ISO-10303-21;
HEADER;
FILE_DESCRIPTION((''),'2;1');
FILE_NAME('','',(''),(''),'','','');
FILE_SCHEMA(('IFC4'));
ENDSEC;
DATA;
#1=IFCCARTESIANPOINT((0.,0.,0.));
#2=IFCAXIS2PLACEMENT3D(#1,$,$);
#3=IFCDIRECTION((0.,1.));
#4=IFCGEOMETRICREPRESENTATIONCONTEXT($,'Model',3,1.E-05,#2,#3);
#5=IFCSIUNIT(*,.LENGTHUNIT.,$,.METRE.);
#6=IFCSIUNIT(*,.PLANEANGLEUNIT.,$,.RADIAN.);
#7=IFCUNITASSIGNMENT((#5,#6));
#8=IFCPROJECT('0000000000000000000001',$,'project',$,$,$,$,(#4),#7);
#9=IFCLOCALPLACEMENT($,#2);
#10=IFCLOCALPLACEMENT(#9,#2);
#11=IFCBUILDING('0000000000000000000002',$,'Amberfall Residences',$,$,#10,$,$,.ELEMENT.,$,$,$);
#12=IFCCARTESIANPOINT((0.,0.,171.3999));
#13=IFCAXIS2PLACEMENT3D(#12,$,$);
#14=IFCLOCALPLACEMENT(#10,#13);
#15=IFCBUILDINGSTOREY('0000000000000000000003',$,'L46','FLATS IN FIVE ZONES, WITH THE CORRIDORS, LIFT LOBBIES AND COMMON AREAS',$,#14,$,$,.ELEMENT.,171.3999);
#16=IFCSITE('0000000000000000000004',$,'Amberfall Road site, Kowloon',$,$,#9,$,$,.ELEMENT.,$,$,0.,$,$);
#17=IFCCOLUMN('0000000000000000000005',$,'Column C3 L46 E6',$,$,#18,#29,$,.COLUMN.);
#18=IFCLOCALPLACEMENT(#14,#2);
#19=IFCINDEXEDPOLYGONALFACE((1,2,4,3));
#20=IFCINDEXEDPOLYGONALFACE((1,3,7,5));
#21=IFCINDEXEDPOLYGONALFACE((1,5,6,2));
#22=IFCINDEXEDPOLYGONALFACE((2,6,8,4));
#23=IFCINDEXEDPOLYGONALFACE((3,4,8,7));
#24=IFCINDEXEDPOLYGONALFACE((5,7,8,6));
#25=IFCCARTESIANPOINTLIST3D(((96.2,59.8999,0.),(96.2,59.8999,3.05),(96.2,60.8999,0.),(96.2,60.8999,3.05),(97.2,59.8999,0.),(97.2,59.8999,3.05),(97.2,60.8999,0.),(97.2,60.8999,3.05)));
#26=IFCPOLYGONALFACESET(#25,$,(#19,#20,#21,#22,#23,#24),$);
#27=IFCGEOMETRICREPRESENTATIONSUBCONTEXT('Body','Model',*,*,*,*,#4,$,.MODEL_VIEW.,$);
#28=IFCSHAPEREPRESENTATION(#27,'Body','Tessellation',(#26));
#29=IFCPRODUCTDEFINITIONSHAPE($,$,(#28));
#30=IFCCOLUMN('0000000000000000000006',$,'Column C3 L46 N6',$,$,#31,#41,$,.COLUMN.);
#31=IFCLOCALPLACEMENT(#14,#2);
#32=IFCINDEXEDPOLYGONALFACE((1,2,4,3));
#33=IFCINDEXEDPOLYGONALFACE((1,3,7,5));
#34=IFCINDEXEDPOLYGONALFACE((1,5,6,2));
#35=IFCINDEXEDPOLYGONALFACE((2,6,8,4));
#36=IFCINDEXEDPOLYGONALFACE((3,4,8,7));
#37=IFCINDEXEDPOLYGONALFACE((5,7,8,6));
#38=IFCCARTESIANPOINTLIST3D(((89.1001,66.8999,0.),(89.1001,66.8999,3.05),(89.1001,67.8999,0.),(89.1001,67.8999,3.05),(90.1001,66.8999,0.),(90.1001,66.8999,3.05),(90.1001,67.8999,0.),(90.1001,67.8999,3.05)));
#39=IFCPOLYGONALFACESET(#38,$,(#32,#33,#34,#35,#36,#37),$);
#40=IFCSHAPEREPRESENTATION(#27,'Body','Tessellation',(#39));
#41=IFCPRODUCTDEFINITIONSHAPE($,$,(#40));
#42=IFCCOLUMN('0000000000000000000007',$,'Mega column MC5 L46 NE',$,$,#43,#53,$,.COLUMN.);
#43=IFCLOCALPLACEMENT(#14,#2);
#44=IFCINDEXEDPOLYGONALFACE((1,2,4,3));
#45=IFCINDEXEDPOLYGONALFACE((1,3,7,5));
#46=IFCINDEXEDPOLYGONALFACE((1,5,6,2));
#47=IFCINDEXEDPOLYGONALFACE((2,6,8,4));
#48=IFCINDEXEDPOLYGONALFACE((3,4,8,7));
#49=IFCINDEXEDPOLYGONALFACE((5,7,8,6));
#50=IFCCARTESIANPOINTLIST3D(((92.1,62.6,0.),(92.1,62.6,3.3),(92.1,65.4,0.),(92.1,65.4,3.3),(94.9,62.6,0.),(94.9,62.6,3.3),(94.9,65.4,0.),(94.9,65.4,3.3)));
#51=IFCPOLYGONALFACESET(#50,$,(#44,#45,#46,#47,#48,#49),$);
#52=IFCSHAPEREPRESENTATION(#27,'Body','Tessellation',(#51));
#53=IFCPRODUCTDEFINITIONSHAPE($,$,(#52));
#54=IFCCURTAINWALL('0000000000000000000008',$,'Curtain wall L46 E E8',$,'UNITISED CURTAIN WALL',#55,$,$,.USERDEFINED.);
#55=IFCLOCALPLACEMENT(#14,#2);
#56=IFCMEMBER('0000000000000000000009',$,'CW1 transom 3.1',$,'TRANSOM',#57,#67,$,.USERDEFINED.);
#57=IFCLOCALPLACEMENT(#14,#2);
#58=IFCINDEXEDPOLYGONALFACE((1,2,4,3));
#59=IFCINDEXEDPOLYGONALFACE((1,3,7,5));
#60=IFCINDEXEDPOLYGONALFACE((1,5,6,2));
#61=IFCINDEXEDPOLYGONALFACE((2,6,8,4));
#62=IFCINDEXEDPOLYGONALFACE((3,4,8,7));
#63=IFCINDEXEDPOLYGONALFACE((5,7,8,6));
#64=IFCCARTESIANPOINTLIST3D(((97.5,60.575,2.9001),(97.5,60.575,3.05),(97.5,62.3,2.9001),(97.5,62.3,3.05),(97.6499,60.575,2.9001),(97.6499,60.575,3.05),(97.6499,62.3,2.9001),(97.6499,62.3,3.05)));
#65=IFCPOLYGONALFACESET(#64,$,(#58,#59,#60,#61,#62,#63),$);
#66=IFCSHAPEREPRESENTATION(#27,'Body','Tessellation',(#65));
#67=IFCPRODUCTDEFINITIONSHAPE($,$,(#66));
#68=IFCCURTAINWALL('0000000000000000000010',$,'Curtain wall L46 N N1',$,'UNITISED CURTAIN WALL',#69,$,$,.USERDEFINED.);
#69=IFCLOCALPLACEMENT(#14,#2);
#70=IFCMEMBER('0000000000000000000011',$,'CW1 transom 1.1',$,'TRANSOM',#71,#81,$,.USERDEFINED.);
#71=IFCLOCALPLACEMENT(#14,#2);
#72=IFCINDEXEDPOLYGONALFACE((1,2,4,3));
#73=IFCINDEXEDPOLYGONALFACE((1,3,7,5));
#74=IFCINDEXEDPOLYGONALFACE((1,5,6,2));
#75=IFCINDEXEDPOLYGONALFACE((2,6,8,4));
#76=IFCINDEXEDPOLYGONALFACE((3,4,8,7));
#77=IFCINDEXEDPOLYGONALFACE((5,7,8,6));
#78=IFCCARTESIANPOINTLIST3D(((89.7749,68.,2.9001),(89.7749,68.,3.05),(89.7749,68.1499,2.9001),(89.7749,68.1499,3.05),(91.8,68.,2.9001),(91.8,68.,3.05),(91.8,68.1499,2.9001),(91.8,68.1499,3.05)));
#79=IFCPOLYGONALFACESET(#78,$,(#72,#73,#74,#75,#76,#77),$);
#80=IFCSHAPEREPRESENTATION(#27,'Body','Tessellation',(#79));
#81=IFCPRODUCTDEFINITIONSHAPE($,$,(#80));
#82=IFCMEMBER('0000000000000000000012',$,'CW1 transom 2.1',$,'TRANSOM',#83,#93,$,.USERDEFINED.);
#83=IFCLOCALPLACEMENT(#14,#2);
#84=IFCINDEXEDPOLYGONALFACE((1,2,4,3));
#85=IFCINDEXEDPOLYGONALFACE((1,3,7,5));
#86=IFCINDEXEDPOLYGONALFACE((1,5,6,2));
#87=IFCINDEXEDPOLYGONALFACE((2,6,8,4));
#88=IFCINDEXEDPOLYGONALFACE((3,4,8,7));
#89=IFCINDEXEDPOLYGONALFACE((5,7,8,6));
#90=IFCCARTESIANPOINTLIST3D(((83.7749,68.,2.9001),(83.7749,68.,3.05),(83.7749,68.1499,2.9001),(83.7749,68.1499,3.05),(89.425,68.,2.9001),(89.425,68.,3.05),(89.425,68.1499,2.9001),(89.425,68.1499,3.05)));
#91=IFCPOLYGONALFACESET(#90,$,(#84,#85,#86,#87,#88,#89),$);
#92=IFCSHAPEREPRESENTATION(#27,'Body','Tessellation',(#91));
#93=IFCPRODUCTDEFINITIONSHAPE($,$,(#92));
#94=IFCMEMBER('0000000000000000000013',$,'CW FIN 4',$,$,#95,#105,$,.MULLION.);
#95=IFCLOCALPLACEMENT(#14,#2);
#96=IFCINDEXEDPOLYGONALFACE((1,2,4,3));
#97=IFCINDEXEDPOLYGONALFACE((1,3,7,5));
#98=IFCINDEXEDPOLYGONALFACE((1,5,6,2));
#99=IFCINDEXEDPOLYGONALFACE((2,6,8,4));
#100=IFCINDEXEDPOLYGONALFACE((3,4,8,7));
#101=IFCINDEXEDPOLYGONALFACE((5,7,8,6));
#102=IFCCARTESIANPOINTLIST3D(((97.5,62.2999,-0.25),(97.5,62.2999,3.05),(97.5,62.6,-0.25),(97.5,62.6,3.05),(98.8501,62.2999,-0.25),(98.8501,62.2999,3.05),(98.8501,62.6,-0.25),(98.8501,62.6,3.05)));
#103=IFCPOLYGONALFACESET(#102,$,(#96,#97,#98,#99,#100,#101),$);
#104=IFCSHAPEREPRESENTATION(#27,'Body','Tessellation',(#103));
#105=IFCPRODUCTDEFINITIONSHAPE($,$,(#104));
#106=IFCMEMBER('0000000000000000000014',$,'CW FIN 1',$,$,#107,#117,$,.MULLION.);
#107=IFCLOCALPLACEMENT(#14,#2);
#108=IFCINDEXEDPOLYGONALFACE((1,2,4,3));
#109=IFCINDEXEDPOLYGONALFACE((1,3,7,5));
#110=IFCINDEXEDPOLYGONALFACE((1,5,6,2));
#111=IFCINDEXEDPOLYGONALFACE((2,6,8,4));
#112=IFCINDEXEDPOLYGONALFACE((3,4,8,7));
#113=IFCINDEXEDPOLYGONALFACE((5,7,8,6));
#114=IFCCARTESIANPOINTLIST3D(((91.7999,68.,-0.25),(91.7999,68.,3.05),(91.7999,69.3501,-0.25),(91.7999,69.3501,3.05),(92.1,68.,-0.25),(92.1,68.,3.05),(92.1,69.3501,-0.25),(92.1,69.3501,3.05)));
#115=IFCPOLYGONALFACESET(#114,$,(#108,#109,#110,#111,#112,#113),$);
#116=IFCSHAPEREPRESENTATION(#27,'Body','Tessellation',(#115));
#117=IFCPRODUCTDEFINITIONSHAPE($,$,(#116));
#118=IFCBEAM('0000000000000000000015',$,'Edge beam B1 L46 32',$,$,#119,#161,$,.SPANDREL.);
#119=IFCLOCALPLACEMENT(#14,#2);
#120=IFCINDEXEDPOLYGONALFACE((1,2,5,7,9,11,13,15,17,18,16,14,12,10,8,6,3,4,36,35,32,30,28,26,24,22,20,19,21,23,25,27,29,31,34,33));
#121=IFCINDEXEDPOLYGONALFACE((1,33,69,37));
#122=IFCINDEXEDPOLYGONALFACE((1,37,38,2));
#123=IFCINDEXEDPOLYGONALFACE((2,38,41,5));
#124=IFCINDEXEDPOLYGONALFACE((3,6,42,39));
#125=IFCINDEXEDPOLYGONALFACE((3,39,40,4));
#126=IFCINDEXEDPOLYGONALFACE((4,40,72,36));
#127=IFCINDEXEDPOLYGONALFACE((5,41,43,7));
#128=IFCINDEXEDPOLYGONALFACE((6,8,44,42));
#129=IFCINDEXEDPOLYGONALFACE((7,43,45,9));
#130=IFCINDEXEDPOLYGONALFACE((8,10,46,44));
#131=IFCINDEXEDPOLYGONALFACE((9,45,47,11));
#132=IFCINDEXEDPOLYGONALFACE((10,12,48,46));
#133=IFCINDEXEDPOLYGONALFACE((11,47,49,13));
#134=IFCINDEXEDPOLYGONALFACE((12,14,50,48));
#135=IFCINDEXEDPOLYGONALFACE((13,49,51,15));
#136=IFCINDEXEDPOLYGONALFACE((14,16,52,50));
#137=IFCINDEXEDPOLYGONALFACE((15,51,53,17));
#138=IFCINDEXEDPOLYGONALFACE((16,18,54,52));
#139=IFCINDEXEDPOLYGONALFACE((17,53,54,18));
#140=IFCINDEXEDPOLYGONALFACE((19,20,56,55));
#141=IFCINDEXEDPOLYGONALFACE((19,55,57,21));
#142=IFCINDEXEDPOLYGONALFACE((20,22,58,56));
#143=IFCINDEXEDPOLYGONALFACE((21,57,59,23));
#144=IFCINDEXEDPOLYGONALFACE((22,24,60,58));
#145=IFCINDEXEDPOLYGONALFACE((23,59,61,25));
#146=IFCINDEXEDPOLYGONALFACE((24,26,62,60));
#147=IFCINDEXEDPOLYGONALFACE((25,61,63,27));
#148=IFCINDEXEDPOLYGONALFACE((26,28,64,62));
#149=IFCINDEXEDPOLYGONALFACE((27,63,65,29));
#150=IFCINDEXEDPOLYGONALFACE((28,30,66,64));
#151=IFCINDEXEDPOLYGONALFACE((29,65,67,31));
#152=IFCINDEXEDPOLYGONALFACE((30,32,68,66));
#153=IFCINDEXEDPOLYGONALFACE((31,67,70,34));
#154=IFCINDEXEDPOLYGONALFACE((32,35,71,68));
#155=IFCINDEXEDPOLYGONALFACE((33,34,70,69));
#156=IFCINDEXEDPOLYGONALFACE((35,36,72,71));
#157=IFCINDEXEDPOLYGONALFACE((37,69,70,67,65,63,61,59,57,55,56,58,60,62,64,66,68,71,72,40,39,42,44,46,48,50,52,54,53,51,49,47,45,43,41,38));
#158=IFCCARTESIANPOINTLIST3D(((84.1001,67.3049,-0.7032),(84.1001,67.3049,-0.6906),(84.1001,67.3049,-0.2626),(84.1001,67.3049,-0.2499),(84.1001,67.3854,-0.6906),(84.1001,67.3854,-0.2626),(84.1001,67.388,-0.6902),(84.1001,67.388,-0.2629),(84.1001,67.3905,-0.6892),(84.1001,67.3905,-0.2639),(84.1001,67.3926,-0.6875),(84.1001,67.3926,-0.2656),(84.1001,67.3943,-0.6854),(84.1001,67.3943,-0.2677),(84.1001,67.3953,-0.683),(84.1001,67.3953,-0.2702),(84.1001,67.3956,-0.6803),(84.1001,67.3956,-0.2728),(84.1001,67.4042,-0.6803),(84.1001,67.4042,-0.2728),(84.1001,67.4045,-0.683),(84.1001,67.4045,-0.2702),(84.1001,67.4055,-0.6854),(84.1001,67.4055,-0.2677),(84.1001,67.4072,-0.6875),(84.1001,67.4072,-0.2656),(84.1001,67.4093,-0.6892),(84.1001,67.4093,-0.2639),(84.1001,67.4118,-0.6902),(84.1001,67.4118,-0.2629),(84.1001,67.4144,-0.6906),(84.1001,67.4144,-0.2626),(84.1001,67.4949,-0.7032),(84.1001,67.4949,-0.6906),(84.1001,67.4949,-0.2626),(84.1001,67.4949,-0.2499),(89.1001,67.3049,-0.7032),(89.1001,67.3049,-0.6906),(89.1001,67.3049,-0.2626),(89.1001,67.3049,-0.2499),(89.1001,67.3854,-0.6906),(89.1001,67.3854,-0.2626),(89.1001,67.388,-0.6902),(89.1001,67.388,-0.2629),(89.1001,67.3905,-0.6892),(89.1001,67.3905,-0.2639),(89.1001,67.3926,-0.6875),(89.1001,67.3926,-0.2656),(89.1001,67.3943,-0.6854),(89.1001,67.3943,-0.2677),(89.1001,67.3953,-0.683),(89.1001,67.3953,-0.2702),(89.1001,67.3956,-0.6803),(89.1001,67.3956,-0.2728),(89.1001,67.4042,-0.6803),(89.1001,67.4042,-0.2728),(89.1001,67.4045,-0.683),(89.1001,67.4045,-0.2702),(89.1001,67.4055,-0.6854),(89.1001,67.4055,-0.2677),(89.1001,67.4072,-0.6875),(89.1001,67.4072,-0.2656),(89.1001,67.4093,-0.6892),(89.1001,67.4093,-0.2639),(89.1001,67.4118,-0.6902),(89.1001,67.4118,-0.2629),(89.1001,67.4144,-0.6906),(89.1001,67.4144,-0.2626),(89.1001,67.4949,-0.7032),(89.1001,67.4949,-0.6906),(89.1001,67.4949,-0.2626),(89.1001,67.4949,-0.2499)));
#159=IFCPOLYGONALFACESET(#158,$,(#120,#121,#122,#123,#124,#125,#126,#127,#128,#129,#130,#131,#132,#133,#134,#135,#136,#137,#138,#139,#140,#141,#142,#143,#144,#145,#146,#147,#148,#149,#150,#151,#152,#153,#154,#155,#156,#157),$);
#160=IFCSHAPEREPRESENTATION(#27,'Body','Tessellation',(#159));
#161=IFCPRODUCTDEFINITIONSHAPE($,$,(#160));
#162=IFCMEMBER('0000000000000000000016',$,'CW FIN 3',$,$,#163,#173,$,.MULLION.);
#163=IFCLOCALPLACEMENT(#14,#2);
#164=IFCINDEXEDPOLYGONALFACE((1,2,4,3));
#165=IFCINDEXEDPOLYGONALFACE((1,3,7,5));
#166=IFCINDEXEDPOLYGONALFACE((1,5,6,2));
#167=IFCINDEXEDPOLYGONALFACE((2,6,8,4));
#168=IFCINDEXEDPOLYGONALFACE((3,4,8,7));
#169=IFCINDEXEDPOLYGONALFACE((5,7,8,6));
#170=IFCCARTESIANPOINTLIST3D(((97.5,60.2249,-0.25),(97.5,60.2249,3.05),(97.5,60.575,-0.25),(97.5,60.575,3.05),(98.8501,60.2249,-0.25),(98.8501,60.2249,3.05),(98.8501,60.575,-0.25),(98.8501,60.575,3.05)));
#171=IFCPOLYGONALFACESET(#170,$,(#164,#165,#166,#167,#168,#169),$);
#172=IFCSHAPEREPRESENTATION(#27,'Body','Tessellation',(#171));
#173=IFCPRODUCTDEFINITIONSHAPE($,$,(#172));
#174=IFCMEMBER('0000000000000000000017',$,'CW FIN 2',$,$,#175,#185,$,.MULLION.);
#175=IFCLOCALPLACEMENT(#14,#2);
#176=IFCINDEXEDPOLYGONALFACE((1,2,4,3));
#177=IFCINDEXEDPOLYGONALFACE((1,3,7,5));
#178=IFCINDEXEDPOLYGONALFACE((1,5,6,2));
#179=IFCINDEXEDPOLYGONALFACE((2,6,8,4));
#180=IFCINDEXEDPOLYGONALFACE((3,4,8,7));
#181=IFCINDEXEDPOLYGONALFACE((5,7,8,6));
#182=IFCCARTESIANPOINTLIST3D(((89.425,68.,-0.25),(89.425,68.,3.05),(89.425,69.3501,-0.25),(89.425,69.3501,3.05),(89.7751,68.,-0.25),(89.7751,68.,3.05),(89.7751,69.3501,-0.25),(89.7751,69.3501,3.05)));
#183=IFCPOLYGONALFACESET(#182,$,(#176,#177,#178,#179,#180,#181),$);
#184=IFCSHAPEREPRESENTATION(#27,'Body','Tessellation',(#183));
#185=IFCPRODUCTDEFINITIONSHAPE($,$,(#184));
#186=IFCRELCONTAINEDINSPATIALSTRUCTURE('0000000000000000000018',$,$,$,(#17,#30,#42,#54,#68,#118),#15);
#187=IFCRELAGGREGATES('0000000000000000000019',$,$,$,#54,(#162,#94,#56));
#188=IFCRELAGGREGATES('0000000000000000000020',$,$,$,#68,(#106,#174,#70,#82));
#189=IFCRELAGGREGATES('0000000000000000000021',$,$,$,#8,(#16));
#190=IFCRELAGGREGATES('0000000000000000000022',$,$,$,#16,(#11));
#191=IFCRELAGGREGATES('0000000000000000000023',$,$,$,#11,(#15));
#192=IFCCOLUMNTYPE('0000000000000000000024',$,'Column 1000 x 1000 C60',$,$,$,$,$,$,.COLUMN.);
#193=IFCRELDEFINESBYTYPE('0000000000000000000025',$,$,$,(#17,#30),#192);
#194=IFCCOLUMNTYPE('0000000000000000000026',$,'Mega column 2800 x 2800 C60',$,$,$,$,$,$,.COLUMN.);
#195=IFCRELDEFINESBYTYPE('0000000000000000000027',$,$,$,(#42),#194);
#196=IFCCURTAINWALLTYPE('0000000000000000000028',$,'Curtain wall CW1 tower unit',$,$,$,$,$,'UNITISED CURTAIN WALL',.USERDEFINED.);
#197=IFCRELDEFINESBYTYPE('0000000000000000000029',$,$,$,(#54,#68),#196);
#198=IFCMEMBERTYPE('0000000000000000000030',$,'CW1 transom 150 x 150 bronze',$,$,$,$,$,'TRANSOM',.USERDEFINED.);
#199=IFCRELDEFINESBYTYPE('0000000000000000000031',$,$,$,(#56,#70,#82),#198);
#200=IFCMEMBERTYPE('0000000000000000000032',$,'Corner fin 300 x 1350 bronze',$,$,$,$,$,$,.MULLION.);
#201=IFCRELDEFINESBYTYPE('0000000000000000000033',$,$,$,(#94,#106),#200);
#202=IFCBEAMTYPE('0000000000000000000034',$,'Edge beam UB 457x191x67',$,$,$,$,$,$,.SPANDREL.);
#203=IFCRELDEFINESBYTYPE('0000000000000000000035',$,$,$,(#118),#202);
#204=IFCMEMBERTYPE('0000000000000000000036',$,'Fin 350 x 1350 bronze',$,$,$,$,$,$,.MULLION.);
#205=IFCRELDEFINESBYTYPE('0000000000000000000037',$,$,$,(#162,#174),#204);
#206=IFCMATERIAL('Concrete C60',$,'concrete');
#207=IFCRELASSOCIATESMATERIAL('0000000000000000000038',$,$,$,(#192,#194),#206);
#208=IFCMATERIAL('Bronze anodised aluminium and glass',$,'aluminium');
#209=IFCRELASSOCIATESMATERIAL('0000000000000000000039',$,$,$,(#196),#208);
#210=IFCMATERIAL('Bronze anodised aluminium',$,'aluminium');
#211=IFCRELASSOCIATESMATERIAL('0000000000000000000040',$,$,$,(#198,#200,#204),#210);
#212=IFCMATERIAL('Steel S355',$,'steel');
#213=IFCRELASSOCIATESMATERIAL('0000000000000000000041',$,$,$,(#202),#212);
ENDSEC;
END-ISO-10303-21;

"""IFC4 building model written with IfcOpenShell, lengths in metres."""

from ifc_helpers import new_model, si_unit, direction, frame, origin, origin_2d, place, context, subcontext, project, spatial, rectangle, i_section, extrude, material, material_profile, profile_set, type_object, element, aggregate, save


model = new_model("IFC4")

# Units and contexts
model_context = context("Model", 3, precision=1e-05, world=origin(), true_north=direction((0.0, 1.0)))
body_context = subcontext(model_context, "Body", "Model", "MODEL_VIEW")
ifc_project = project(units=[si_unit("LENGTHUNIT", "METRE"), si_unit("PLANEANGLEUNIT", "RADIAN")], contexts=[model_context])

# Site, building, storey
site_placement = place(None, origin())
site = spatial("IfcSite", under=ifc_project, at=site_placement, Name="Amberfall Road site, Kowloon", CompositionType="ELEMENT", RefElevation=0.0)
building_placement = place(site_placement, origin())
building = spatial("IfcBuilding", under=site, at=building_placement, Name="Amberfall Residences", CompositionType="ELEMENT")
storey_placement = place(building_placement, frame((0.0, 0.0, 171.3999)))
storey = spatial("IfcBuildingStorey", under=building, at=storey_placement, Name="L46", Description="FLATS IN FIVE ZONES, WITH THE CORRIDORS, LIFT LOBBIES AND COMMON AREAS", CompositionType="ELEMENT", Elevation=171.3999)

# Columns
ifc_material_1 = material(Name="Concrete C60", Category="concrete")
ifc_material_profile_1 = material_profile(ifc_material_1, rectangle(XDim=1.0, YDim=1.0, at=origin_2d()), Name="Column 1000 x 1000 C60")
ifc_profile_set_1 = profile_set([ifc_material_profile_1], Name="Concrete C60")
column_type_1 = type_object("IfcColumnType", Name="Column 1000 x 1000 C60", PredefinedType="COLUMN", material=ifc_profile_set_1)
for number, where, z_axis, x_axis, name in (
    (1, (96.7, 60.3999, 0.0), (0.0, 0.0, 1.0), (1.0, 0.0, 0.0), "Column C3 L46 E6"),
    (2, (89.6001, 67.3999, 0.0), (0.0, 0.0, 1.0), (1.0, 0.0, 0.0), "Column C3 L46 N6"),
):
    element("IfcColumn", number, at=place(storey_placement, frame(where, z_axis=z_axis, x_axis=x_axis)), inside=storey, type_object=column_type_1, Name=name, PredefinedType="COLUMN", context=body_context, shape_type="SweptSolid", body=[
        extrude(rectangle(XDim=1.0, YDim=1.0, at=origin_2d()), origin(), (0.0, 0.0, 1.0), 3.05),
    ])
ifc_material_profile_2 = material_profile(ifc_material_1, rectangle(XDim=2.8, YDim=2.8, at=origin_2d()), Name="Mega column 2800 x 2800 C60")
ifc_profile_set_2 = profile_set([ifc_material_profile_2], Name="Concrete C60")
column_type_2 = type_object("IfcColumnType", Name="Mega column 2800 x 2800 C60", PredefinedType="COLUMN", material=ifc_profile_set_2)
column_placement = place(storey_placement, frame((93.5, 64.0, 0.0), z_axis=(0.0, 0.0, 1.0), x_axis=(1.0, 0.0, 0.0)))
element("IfcColumn", 3, at=column_placement, inside=storey, type_object=column_type_2, Name="Mega column MC5 L46 NE", PredefinedType="COLUMN", context=body_context, shape_type="SweptSolid", body=[
    extrude(rectangle(XDim=2.8, YDim=2.8, at=origin_2d()), origin(), (0.0, 0.0, 1.0), 3.3),
])

# Curtain wall, member
ifc_material_2 = material(Name="Bronze anodised aluminium and glass", Category="aluminium")
curtain_wall_type = type_object("IfcCurtainWallType", Name="Curtain wall CW1 tower unit", ElementType="UNITISED CURTAIN WALL", PredefinedType="USERDEFINED", material=ifc_material_2)
curtain_wall_1_placement = place(storey_placement, origin())
curtain_wall_1 = element("IfcCurtainWall", 4, at=curtain_wall_1_placement, inside=storey, type_object=curtain_wall_type, Name="Curtain wall L46 E E8", ObjectType="UNITISED CURTAIN WALL", PredefinedType="USERDEFINED")
ifc_material_3 = material(Name="Bronze anodised aluminium", Category="aluminium")
ifc_material_profile_3 = material_profile(ifc_material_3, rectangle(XDim=0.1499, YDim=0.1499, at=origin_2d()), Name="CW1 transom 150 x 150 bronze")
ifc_profile_set_3 = profile_set([ifc_material_profile_3], Name="Bronze anodised aluminium")
member_type_1 = type_object("IfcMemberType", Name="CW1 transom 150 x 150 bronze", ElementType="TRANSOM", PredefinedType="USERDEFINED", material=ifc_profile_set_3)
member_1_placement = place(storey_placement, frame((97.575, 60.575, 2.9751), z_axis=(0.0, 1.0, 0.0), x_axis=(-1.0, 0.0, 0.0)))
member_1 = element("IfcMember", 5, at=member_1_placement, type_object=member_type_1, Name="CW1 transom 3.1", ObjectType="TRANSOM", PredefinedType="USERDEFINED", context=body_context, shape_type="SweptSolid", body=[
    extrude(rectangle(XDim=0.1499, YDim=0.1499, at=origin_2d()), origin(), (0.0, 0.0, 1.0), 1.7251),
])

# Curtain wall, members
curtain_wall_2_placement = place(storey_placement, origin())
curtain_wall_2 = element("IfcCurtainWall", 6, at=curtain_wall_2_placement, inside=storey, type_object=curtain_wall_type, Name="Curtain wall L46 N N1", ObjectType="UNITISED CURTAIN WALL", PredefinedType="USERDEFINED")
member_2_placement = place(storey_placement, frame((91.8, 68.075, 2.9751), z_axis=(-1.0, 0.0, 0.0), x_axis=(0.0, -1.0, 0.0)))
member_2 = element("IfcMember", 7, at=member_2_placement, type_object=member_type_1, Name="CW1 transom 1.1", ObjectType="TRANSOM", PredefinedType="USERDEFINED", context=body_context, shape_type="SweptSolid", body=[
    extrude(rectangle(XDim=0.1499, YDim=0.1499, at=origin_2d()), origin(), (0.0, 0.0, 1.0), 2.0251),
])
member_3_placement = place(storey_placement, frame((89.425, 68.075, 2.9751), z_axis=(-1.0, 0.0, 0.0), x_axis=(0.0, -1.0, 0.0)))
member_3 = element("IfcMember", 8, at=member_3_placement, type_object=member_type_1, Name="CW1 transom 2.1", ObjectType="TRANSOM", PredefinedType="USERDEFINED", context=body_context, shape_type="SweptSolid", body=[
    extrude(rectangle(XDim=0.1499, YDim=0.1499, at=origin_2d()), origin(), (0.0, 0.0, 1.0), 5.6501),
])

# Members
ifc_material_profile_4 = material_profile(ifc_material_3, rectangle(XDim=1.3501, YDim=0.3, at=origin_2d()), Name="Corner fin 300 x 1350 bronze")
ifc_profile_set_4 = profile_set([ifc_material_profile_4], Name="Bronze anodised aluminium")
member_type_2 = type_object("IfcMemberType", Name="Corner fin 300 x 1350 bronze", PredefinedType="MULLION", material=ifc_profile_set_4)
member_4_placement = place(storey_placement, frame((98.175, 62.45, -0.25), z_axis=(0.0, 0.0, 1.0), x_axis=(-1.0, 0.0, 0.0)))
member_4 = element("IfcMember", 9, at=member_4_placement, type_object=member_type_2, Name="CW FIN 4", PredefinedType="MULLION", context=body_context, shape_type="SweptSolid", body=[
    extrude(rectangle(XDim=1.3501, YDim=0.3, at=origin_2d()), origin(), (0.0, 0.0, 1.0), 3.3),
])
member_5_placement = place(storey_placement, frame((91.95, 68.675, -0.25), z_axis=(0.0, 0.0, 1.0), x_axis=(0.0, -1.0, 0.0)))
member_5 = element("IfcMember", 10, at=member_5_placement, type_object=member_type_2, Name="CW FIN 1", PredefinedType="MULLION", context=body_context, shape_type="SweptSolid", body=[
    extrude(rectangle(XDim=1.3501, YDim=0.3, at=origin_2d()), origin(), (0.0, 0.0, 1.0), 3.3),
])

# Beam
ifc_material_4 = material(Name="Steel S355", Category="steel")
ifc_material_profile_5 = material_profile(ifc_material_4, i_section(OverallWidth=0.1899, OverallDepth=0.4534, WebThickness=0.0085, FlangeThickness=0.0127, FilletRadius=0.0103, at=origin_2d()), Name="UB 457x191x67")
ifc_profile_set_5 = profile_set([ifc_material_profile_5], Name="Steel S355")
beam_type_1 = type_object("IfcBeamType", Name="Edge beam UB 457x191x67", PredefinedType="SPANDREL", material=ifc_profile_set_5)
beam_1_placement = place(storey_placement, frame((84.1001, 67.3999, -0.4766), z_axis=(1.0, 0.0, 0.0), x_axis=(0.0, 1.0, 0.0)))
element("IfcBeam", 11, at=beam_1_placement, inside=storey, type_object=beam_type_1, Name="Edge beam B1 L46 32", PredefinedType="SPANDREL", context=body_context, shape_type="SweptSolid", body=[
    extrude(i_section(OverallWidth=0.1899, OverallDepth=0.4534, WebThickness=0.0085, FlangeThickness=0.0127, FilletRadius=0.0103, at=origin_2d()), origin(), (0.0, 0.0, 1.0), 5.0),
])

# Members
ifc_material_profile_6 = material_profile(ifc_material_3, rectangle(XDim=1.3501, YDim=0.3501, at=origin_2d()), Name="Fin 350 x 1350 bronze")
ifc_profile_set_6 = profile_set([ifc_material_profile_6], Name="Bronze anodised aluminium")
member_type_3 = type_object("IfcMemberType", Name="Fin 350 x 1350 bronze", PredefinedType="MULLION", material=ifc_profile_set_6)
member_6_placement = place(storey_placement, frame((98.175, 60.3999, -0.25), z_axis=(0.0, 0.0, 1.0), x_axis=(-1.0, 0.0, 0.0)))
member_6 = element("IfcMember", 12, at=member_6_placement, type_object=member_type_3, Name="CW FIN 3", PredefinedType="MULLION", context=body_context, shape_type="SweptSolid", body=[
    extrude(rectangle(XDim=1.3501, YDim=0.3501, at=origin_2d()), origin(), (0.0, 0.0, 1.0), 3.3),
])
member_7_placement = place(storey_placement, frame((89.6001, 68.675, -0.25), z_axis=(0.0, 0.0, 1.0), x_axis=(0.0, -1.0, 0.0)))
member_7 = element("IfcMember", 13, at=member_7_placement, type_object=member_type_3, Name="CW FIN 2", PredefinedType="MULLION", context=body_context, shape_type="SweptSolid", body=[
    extrude(rectangle(XDim=1.3501, YDim=0.3501, at=origin_2d()), origin(), (0.0, 0.0, 1.0), 3.3),
])

aggregate(curtain_wall_1, [member_6, member_4, member_1])
aggregate(curtain_wall_2, [member_5, member_7, member_2, member_3])

save(model, "model.ifc")
